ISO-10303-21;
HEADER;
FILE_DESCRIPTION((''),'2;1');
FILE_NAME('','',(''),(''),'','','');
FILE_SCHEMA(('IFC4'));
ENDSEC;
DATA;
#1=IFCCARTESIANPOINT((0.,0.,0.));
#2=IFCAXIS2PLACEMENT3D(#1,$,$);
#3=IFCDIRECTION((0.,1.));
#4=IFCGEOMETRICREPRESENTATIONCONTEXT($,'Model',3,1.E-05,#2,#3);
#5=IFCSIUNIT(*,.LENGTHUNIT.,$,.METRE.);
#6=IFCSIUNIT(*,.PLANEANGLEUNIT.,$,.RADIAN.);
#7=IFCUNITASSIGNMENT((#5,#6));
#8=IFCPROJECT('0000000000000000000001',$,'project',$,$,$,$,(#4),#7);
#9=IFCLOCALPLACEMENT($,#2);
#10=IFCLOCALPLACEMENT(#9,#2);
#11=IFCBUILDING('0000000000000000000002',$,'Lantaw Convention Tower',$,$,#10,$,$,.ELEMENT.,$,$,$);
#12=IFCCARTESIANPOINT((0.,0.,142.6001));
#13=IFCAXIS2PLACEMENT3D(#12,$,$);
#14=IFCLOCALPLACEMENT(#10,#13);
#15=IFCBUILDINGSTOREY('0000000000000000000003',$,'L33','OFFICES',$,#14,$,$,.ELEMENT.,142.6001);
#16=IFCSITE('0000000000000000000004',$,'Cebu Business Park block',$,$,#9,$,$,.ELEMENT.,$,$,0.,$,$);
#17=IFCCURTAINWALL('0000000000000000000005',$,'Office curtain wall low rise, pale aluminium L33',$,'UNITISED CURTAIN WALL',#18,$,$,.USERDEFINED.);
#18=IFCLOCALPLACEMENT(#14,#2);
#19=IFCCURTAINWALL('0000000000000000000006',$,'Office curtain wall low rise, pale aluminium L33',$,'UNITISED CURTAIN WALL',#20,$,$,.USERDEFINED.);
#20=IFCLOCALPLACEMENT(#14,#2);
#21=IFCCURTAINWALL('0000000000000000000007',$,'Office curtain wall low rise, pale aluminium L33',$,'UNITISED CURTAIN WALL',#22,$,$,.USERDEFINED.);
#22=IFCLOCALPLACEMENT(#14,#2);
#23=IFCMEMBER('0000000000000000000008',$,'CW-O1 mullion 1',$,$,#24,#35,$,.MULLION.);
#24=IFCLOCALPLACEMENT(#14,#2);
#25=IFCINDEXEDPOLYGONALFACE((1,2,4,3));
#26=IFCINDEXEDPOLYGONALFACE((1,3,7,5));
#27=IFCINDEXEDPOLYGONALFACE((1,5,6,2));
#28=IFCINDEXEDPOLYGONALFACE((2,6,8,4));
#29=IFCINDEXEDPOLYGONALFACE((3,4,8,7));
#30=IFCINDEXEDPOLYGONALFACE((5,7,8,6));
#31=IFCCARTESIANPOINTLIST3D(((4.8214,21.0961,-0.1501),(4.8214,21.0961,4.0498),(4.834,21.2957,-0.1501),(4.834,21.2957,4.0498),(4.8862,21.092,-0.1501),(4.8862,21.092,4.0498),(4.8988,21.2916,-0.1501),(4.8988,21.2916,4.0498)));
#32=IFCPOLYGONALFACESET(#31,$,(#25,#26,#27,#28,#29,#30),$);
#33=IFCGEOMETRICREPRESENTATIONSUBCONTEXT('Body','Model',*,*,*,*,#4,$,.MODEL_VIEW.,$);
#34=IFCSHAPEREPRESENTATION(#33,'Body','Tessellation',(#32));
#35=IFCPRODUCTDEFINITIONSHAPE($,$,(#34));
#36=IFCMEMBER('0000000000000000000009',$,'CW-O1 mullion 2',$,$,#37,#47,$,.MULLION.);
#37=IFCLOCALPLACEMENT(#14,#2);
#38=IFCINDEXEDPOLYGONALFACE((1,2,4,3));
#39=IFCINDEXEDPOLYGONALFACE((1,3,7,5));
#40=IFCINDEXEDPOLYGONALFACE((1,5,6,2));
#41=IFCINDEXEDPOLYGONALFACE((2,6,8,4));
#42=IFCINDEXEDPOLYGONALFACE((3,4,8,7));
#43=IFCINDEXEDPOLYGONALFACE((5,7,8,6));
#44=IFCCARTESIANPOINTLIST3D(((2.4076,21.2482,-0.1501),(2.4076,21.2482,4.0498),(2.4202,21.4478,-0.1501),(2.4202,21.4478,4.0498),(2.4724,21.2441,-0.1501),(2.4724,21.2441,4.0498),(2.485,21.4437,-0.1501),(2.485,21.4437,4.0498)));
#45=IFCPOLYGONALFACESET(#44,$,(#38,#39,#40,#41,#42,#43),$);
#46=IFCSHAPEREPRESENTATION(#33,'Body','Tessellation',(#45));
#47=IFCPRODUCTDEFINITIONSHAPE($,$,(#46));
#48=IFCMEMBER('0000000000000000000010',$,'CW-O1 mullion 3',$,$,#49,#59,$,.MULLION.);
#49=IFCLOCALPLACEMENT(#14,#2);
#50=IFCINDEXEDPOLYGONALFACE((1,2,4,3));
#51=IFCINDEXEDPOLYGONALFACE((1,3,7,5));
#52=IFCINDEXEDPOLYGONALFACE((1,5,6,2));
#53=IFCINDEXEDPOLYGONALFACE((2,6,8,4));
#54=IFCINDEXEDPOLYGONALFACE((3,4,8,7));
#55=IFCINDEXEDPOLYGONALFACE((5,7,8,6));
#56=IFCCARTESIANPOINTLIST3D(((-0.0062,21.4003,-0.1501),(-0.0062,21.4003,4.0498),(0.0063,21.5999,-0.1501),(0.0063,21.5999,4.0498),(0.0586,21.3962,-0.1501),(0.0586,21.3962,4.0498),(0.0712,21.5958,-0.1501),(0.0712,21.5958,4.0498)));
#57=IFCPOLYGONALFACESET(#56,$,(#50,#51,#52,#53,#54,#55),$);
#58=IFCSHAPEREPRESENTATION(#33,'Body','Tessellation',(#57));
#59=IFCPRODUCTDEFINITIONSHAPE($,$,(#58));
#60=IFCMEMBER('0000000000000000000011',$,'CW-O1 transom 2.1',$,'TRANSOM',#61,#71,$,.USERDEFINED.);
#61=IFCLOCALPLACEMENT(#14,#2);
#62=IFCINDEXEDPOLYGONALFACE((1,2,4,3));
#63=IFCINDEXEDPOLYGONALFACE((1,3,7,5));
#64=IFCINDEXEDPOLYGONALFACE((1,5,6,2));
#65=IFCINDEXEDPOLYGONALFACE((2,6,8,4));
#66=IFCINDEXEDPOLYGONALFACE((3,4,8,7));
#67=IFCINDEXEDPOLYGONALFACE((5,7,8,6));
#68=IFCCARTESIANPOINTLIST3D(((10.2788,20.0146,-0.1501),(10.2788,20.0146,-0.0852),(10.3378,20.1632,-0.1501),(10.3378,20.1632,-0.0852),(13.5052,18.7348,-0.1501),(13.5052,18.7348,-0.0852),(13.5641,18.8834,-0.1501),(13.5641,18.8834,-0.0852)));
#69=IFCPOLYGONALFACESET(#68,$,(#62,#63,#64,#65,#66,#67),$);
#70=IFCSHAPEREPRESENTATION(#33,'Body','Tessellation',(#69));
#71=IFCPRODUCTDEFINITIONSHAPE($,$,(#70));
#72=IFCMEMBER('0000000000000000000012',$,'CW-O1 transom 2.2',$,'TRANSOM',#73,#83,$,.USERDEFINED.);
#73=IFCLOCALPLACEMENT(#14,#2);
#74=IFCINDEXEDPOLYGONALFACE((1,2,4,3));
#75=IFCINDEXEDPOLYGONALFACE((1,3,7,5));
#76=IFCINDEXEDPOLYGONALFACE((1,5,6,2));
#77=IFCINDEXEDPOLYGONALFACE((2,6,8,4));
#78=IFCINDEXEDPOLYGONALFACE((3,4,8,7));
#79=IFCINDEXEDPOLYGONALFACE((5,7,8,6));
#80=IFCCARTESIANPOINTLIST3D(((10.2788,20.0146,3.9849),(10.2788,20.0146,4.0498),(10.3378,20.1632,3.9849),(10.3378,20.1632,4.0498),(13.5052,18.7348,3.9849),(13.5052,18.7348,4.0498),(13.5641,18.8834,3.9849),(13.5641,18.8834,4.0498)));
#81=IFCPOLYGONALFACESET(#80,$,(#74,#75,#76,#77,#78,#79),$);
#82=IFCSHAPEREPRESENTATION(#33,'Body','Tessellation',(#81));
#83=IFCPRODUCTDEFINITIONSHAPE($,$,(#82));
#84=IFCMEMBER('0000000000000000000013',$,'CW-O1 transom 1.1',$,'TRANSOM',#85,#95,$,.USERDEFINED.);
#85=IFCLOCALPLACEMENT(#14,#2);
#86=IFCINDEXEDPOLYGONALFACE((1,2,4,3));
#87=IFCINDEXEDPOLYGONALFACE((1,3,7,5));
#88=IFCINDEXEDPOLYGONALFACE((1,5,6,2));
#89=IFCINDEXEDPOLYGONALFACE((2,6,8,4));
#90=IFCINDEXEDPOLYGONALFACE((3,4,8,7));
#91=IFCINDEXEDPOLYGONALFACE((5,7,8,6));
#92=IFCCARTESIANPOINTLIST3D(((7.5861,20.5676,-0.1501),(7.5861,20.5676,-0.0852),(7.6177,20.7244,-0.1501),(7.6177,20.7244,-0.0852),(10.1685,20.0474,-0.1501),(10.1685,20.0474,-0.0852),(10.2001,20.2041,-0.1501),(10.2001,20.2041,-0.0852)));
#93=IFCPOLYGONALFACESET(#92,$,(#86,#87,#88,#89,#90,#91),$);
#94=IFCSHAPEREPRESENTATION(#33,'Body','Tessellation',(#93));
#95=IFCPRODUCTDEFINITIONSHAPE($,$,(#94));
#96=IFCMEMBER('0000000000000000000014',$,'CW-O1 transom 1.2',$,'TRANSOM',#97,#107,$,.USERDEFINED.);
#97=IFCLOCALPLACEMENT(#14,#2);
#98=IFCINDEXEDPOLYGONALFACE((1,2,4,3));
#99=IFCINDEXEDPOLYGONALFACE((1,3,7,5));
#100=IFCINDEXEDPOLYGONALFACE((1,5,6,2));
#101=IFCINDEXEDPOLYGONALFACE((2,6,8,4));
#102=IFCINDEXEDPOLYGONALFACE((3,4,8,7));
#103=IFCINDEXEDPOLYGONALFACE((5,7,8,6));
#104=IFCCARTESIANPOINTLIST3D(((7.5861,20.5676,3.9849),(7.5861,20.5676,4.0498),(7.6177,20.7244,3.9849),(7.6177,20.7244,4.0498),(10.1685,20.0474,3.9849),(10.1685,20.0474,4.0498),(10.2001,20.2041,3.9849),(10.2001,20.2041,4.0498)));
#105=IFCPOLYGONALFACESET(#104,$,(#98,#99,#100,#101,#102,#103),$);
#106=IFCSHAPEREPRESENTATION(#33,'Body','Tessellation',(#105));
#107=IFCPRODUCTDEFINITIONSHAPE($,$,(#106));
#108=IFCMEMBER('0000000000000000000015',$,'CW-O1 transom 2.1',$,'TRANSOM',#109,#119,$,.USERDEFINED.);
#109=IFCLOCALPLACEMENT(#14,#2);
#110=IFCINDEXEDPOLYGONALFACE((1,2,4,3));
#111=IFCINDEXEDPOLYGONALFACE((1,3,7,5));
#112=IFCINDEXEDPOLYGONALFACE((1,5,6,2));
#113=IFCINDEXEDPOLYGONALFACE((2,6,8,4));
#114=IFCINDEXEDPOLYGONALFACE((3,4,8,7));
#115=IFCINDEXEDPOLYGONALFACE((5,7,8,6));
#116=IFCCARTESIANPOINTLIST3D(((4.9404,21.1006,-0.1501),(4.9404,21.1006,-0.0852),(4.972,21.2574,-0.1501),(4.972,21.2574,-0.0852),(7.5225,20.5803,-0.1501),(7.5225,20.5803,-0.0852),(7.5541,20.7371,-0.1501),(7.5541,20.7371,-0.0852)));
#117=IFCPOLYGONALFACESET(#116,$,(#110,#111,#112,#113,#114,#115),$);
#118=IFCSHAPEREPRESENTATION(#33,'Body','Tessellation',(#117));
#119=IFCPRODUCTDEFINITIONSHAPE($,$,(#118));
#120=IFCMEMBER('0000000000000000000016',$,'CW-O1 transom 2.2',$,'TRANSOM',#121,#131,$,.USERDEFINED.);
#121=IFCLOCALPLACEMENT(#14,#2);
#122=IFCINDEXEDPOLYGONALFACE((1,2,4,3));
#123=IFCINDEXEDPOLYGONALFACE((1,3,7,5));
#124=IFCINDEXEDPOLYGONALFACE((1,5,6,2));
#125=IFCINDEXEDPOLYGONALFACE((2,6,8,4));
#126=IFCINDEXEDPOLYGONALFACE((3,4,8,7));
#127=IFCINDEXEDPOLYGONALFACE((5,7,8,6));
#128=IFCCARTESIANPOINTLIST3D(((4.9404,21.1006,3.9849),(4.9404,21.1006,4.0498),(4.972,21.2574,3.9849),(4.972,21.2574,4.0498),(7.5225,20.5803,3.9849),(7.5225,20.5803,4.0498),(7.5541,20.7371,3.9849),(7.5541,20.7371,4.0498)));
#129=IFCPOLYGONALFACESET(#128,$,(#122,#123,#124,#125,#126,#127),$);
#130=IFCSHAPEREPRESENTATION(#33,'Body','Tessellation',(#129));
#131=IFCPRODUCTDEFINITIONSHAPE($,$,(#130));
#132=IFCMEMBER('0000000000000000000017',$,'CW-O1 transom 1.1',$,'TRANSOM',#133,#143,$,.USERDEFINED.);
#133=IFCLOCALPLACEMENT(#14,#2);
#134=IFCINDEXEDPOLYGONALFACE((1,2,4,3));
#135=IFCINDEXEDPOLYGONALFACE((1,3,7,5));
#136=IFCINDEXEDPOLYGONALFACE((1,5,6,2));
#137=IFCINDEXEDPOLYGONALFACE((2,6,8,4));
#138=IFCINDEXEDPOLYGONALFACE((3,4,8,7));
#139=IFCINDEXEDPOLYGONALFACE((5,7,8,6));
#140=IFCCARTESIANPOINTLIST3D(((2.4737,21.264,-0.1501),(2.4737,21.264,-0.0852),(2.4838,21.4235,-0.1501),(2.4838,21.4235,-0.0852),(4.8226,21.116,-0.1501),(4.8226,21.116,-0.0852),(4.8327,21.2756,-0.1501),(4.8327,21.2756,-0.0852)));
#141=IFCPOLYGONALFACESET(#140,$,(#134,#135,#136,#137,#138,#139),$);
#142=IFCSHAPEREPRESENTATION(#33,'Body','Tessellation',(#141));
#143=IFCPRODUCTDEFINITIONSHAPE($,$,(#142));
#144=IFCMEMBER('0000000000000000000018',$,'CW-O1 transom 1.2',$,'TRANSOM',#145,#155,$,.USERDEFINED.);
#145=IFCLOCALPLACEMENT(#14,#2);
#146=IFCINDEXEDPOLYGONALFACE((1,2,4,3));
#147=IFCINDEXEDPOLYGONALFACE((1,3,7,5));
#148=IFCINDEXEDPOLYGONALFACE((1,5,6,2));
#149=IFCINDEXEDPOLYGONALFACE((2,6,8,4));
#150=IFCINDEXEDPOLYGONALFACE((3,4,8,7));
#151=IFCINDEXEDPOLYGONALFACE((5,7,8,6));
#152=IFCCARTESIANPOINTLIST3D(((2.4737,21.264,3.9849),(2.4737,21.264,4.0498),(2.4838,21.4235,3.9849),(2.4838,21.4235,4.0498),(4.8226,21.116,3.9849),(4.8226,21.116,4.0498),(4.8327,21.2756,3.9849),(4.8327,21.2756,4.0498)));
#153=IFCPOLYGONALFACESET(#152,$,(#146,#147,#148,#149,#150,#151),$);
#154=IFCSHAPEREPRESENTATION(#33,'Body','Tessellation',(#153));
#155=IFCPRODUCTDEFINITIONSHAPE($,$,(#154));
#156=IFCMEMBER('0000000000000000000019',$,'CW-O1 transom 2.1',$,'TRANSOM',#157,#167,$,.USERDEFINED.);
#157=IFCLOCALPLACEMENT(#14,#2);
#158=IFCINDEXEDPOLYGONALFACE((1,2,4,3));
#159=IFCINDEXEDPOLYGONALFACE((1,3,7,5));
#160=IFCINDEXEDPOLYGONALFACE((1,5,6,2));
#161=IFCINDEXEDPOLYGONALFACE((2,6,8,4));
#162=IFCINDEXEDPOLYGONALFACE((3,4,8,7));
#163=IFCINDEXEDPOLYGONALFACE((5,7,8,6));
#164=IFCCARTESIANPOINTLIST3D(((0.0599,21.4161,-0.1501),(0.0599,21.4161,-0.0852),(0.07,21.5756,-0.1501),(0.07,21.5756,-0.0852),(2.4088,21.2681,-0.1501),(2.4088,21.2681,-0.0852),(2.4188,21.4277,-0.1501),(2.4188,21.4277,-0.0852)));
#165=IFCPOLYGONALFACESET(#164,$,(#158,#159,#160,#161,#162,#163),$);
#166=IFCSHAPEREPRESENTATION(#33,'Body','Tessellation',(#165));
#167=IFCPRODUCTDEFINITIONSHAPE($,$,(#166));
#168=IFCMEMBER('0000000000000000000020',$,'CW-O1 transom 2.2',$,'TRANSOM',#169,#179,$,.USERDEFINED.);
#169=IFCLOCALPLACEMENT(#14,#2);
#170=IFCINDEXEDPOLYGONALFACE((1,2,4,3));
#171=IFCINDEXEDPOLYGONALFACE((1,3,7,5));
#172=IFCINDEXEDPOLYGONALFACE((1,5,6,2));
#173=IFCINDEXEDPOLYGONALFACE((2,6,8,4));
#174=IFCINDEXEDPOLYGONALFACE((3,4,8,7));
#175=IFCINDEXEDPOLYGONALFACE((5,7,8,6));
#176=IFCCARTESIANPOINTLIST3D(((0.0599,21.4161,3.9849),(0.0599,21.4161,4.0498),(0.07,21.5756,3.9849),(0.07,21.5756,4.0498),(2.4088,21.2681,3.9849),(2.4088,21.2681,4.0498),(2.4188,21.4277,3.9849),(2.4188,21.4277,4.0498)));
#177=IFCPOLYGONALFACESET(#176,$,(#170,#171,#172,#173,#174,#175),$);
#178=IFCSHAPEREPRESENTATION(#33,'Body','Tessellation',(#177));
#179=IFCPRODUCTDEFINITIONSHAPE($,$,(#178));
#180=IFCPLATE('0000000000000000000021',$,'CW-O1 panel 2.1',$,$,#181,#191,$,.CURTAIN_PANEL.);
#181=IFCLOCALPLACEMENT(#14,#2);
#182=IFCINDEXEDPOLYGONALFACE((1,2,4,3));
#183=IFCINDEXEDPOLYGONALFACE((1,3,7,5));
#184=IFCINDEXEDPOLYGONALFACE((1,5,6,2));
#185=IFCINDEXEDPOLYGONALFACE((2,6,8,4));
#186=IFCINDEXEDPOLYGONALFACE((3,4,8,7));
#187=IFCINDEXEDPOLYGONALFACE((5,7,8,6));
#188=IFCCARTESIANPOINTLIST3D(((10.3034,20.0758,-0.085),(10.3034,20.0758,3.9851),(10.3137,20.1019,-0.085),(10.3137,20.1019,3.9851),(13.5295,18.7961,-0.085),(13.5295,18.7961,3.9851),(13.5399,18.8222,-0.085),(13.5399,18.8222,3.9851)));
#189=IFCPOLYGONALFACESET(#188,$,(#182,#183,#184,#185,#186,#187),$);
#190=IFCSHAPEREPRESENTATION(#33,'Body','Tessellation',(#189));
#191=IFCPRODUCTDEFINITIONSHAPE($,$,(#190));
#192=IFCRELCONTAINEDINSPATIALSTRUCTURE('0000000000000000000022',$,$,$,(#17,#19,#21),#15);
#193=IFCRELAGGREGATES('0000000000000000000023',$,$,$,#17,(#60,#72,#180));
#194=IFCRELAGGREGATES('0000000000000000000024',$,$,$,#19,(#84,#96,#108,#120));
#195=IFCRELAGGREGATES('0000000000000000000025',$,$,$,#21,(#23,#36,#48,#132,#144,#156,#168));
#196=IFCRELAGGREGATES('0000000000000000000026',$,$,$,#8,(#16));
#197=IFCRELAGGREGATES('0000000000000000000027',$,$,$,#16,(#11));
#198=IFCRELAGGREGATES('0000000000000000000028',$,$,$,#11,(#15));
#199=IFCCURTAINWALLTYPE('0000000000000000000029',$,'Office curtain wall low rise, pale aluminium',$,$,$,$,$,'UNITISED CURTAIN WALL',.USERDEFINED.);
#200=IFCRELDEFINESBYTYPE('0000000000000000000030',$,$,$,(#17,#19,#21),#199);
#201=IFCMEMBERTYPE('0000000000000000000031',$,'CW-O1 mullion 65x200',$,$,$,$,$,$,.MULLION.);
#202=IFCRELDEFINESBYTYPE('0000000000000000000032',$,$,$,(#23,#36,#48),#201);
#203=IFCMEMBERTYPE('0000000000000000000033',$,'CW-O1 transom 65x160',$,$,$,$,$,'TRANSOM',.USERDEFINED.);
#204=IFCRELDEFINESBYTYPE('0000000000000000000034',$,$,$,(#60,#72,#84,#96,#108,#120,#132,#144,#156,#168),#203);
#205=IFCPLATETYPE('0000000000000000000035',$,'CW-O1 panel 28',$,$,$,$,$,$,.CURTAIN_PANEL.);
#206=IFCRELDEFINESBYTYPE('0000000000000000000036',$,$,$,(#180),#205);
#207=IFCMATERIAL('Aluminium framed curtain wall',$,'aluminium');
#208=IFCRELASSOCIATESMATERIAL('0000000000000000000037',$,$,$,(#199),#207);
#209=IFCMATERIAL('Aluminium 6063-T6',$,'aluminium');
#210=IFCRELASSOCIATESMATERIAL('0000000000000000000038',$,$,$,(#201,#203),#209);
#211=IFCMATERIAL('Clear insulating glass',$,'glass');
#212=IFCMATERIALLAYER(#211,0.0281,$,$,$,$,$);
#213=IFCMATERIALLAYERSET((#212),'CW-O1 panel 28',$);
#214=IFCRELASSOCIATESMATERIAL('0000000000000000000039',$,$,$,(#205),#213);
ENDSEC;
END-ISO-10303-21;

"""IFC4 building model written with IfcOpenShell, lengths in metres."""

from ifc_helpers import new_model, si_unit, direction, frame, origin, origin_2d, place, context, subcontext, project, spatial, rectangle, extrude, material, layer, layer_set, material_profile, profile_set, type_object, element, aggregate, save


model = new_model("IFC4")

# Units and contexts
model_context = context("Model", 3, precision=1e-05, world=origin(), true_north=direction((0.0, 1.0)))
body_context = subcontext(model_context, "Body", "Model", "MODEL_VIEW")
ifc_project = project(units=[si_unit("LENGTHUNIT", "METRE"), si_unit("PLANEANGLEUNIT", "RADIAN")], contexts=[model_context])

# Site, building, storey
site_placement = place(None, origin())
site = spatial("IfcSite", under=ifc_project, at=site_placement, Name="Cebu Business Park block", CompositionType="ELEMENT", RefElevation=0.0)
building_placement = place(site_placement, origin())
building = spatial("IfcBuilding", under=site, at=building_placement, Name="Lantaw Convention Tower", CompositionType="ELEMENT")
storey_placement = place(building_placement, frame((0.0, 0.0, 142.6001)))
storey = spatial("IfcBuildingStorey", under=building, at=storey_placement, Name="L33", Description="OFFICES", CompositionType="ELEMENT", Elevation=142.6001)

# Curtain wall
ifc_material_1 = material(Name="Aluminium framed curtain wall", Category="aluminium")
curtain_wall_type = type_object("IfcCurtainWallType", Name="Office curtain wall low rise, pale aluminium", ElementType="UNITISED CURTAIN WALL", PredefinedType="USERDEFINED", material=ifc_material_1)
curtain_wall_1_placement = place(storey_placement, origin())
curtain_wall_1 = element("IfcCurtainWall", 1, at=curtain_wall_1_placement, inside=storey, type_object=curtain_wall_type, Name="Office curtain wall low rise, pale aluminium L33", ObjectType="UNITISED CURTAIN WALL", PredefinedType="USERDEFINED")
ifc_material_2 = material(Name="Aluminium 6063-T6", Category="aluminium")
ifc_material_profile_1 = material_profile(ifc_material_2, rectangle(XDim=0.2, YDim=0.0649, at=origin_2d()), Name="CW-O1 mullion 65x200")
ifc_profile_set_1 = profile_set([ifc_material_profile_1], Name="Aluminium 6063-T6")
member_type_1 = type_object("IfcMemberType", Name="CW-O1 mullion 65x200", PredefinedType="MULLION", material=ifc_profile_set_1)

# Curtain walls, members
curtain_wall_2_placement = place(storey_placement, origin())
curtain_wall_2 = element("IfcCurtainWall", 2, at=curtain_wall_2_placement, inside=storey, type_object=curtain_wall_type, Name="Office curtain wall low rise, pale aluminium L33", ObjectType="UNITISED CURTAIN WALL", PredefinedType="USERDEFINED")
curtain_wall_3_placement = place(storey_placement, origin())
curtain_wall_3 = element("IfcCurtainWall", 3, at=curtain_wall_3_placement, inside=storey, type_object=curtain_wall_type, Name="Office curtain wall low rise, pale aluminium L33", ObjectType="UNITISED CURTAIN WALL", PredefinedType="USERDEFINED")
member_1_placement = place(storey_placement, frame((4.8601, 21.1938, -0.1501), z_axis=(0.0, 0.0, 1.0), x_axis=(-0.062865, -0.998022, 0.0)))
member_1 = element("IfcMember", 4, at=member_1_placement, type_object=member_type_1, Name="CW-O1 mullion 1", PredefinedType="MULLION", context=body_context, shape_type="SweptSolid", body=[
    extrude(rectangle(XDim=0.2, YDim=0.0649, at=origin_2d()), origin(), (0.0, 0.0, 1.0), 4.2),
])
member_2_placement = place(storey_placement, frame((2.4463, 21.3459, -0.1501), z_axis=(0.0, 0.0, 1.0), x_axis=(-0.062865, -0.998022, 0.0)))
member_2 = element("IfcMember", 5, at=member_2_placement, type_object=member_type_1, Name="CW-O1 mullion 2", PredefinedType="MULLION", context=body_context, shape_type="SweptSolid", body=[
    extrude(rectangle(XDim=0.2, YDim=0.0649, at=origin_2d()), origin(), (0.0, 0.0, 1.0), 4.2),
])
member_3_placement = place(storey_placement, frame((0.0325, 21.498, -0.1501), z_axis=(0.0, 0.0, 1.0), x_axis=(-0.062865, -0.998022, 0.0)))
member_3 = element("IfcMember", 6, at=member_3_placement, type_object=member_type_1, Name="CW-O1 mullion 3", PredefinedType="MULLION", context=body_context, shape_type="SweptSolid", body=[
    extrude(rectangle(XDim=0.2, YDim=0.0649, at=origin_2d()), origin(), (0.0, 0.0, 1.0), 4.2),
])

# Members
ifc_material_profile_2 = material_profile(ifc_material_2, rectangle(XDim=0.1599, YDim=0.0649, at=origin_2d()), Name="CW-O1 transom 65x160")
ifc_profile_set_2 = profile_set([ifc_material_profile_2], Name="Aluminium 6063-T6")
member_type_2 = type_object("IfcMemberType", Name="CW-O1 transom 65x160", ElementType="TRANSOM", PredefinedType="USERDEFINED", material=ifc_profile_set_2)
member_4_placement = place(storey_placement, frame((13.5347, 18.8091, -0.1177), z_axis=(-0.92954, 0.368721, 0.0), x_axis=(-0.368721, -0.92954, 0.0)))
member_4 = element("IfcMember", 7, at=member_4_placement, type_object=member_type_2, Name="CW-O1 transom 2.1", ObjectType="TRANSOM", PredefinedType="USERDEFINED", context=body_context, shape_type="SweptSolid", body=[
    extrude(rectangle(XDim=0.1599, YDim=0.0649, at=origin_2d()), origin(), (0.0, 0.0, 1.0), 3.4709),
])
member_5_placement = place(storey_placement, frame((13.5347, 18.8091, 4.0173), z_axis=(-0.92954, 0.368721, 0.0), x_axis=(-0.368721, -0.92954, 0.0)))
member_5 = element("IfcMember", 8, at=member_5_placement, type_object=member_type_2, Name="CW-O1 transom 2.2", ObjectType="TRANSOM", PredefinedType="USERDEFINED", context=body_context, shape_type="SweptSolid", body=[
    extrude(rectangle(XDim=0.1599, YDim=0.0649, at=origin_2d()), origin(), (0.0, 0.0, 1.0), 3.4709),
])
member_6_placement = place(storey_placement, frame((10.1843, 20.1257, -0.1177), z_axis=(-0.980302, 0.197506, 0.0), x_axis=(-0.197506, -0.980302, 0.0)))
member_6 = element("IfcMember", 9, at=member_6_placement, type_object=member_type_2, Name="CW-O1 transom 1.1", ObjectType="TRANSOM", PredefinedType="USERDEFINED", context=body_context, shape_type="SweptSolid", body=[
    extrude(rectangle(XDim=0.1599, YDim=0.0649, at=origin_2d()), origin(), (0.0, 0.0, 1.0), 2.6343),
])
member_7_placement = place(storey_placement, frame((10.1843, 20.1257, 4.0173), z_axis=(-0.980302, 0.197506, 0.0), x_axis=(-0.197506, -0.980302, 0.0)))
member_7 = element("IfcMember", 10, at=member_7_placement, type_object=member_type_2, Name="CW-O1 transom 1.2", ObjectType="TRANSOM", PredefinedType="USERDEFINED", context=body_context, shape_type="SweptSolid", body=[
    extrude(rectangle(XDim=0.1599, YDim=0.0649, at=origin_2d()), origin(), (0.0, 0.0, 1.0), 2.6343),
])
member_8_placement = place(storey_placement, frame((7.5383, 20.6587, -0.1177), z_axis=(-0.980298, 0.197524, 0.0), x_axis=(-0.197524, -0.980298, 0.0)))
member_8 = element("IfcMember", 11, at=member_8_placement, type_object=member_type_2, Name="CW-O1 transom 2.1", ObjectType="TRANSOM", PredefinedType="USERDEFINED", context=body_context, shape_type="SweptSolid", body=[
    extrude(rectangle(XDim=0.1599, YDim=0.0649, at=origin_2d()), origin(), (0.0, 0.0, 1.0), 2.634),
])
member_9_placement = place(storey_placement, frame((7.5383, 20.6587, 4.0173), z_axis=(-0.980298, 0.197524, 0.0), x_axis=(-0.197524, -0.980298, 0.0)))
member_9 = element("IfcMember", 12, at=member_9_placement, type_object=member_type_2, Name="CW-O1 transom 2.2", ObjectType="TRANSOM", PredefinedType="USERDEFINED", context=body_context, shape_type="SweptSolid", body=[
    extrude(rectangle(XDim=0.1599, YDim=0.0649, at=origin_2d()), origin(), (0.0, 0.0, 1.0), 2.634),
])
member_10_placement = place(storey_placement, frame((4.8276, 21.1958, -0.1177), z_axis=(-0.998022, 0.062863, 0.0), x_axis=(-0.062863, -0.998022, 0.0)))
member_10 = element("IfcMember", 13, at=member_10_placement, type_object=member_type_2, Name="CW-O1 transom 1.1", ObjectType="TRANSOM", PredefinedType="USERDEFINED", context=body_context, shape_type="SweptSolid", body=[
    extrude(rectangle(XDim=0.1599, YDim=0.0649, at=origin_2d()), origin(), (0.0, 0.0, 1.0), 2.3535),
])
member_11_placement = place(storey_placement, frame((4.8276, 21.1958, 4.0173), z_axis=(-0.998022, 0.062863, 0.0), x_axis=(-0.062863, -0.998022, 0.0)))
member_11 = element("IfcMember", 14, at=member_11_placement, type_object=member_type_2, Name="CW-O1 transom 1.2", ObjectType="TRANSOM", PredefinedType="USERDEFINED", context=body_context, shape_type="SweptSolid", body=[
    extrude(rectangle(XDim=0.1599, YDim=0.0649, at=origin_2d()), origin(), (0.0, 0.0, 1.0), 2.3535),
])
member_12_placement = place(storey_placement, frame((2.4138, 21.3479, -0.1177), z_axis=(-0.998022, 0.062863, 0.0), x_axis=(-0.062863, -0.998022, 0.0)))
member_12 = element("IfcMember", 15, at=member_12_placement, type_object=member_type_2, Name="CW-O1 transom 2.1", ObjectType="TRANSOM", PredefinedType="USERDEFINED", context=body_context, shape_type="SweptSolid", body=[
    extrude(rectangle(XDim=0.1599, YDim=0.0649, at=origin_2d()), origin(), (0.0, 0.0, 1.0), 2.3535),
])
member_13_placement = place(storey_placement, frame((2.4138, 21.3479, 4.0173), z_axis=(-0.998022, 0.062863, 0.0), x_axis=(-0.062863, -0.998022, 0.0)))
member_13 = element("IfcMember", 16, at=member_13_placement, type_object=member_type_2, Name="CW-O1 transom 2.2", ObjectType="TRANSOM", PredefinedType="USERDEFINED", context=body_context, shape_type="SweptSolid", body=[
    extrude(rectangle(XDim=0.1599, YDim=0.0649, at=origin_2d()), origin(), (0.0, 0.0, 1.0), 2.3535),
])

# Plate
ifc_material_3 = material(Name="Clear insulating glass", Category="glass")
ifc_layer_1 = layer(ifc_material_3, 0.0281)
ifc_layer_set_1 = layer_set([ifc_layer_1], Name="CW-O1 panel 28")
plate_type_1 = type_object("IfcPlateType", Name="CW-O1 panel 28", PredefinedType="CURTAIN_PANEL", material=ifc_layer_set_1)
plate_1_placement = place(storey_placement, frame((11.9216, 19.449, -0.085), z_axis=(0.0, 0.0, 1.0), x_axis=(-0.929548, 0.368702, 0.0)))
plate_1 = element("IfcPlate", 17, at=plate_1_placement, type_object=plate_type_1, Name="CW-O1 panel 2.1", PredefinedType="CURTAIN_PANEL", context=body_context, shape_type="SweptSolid", body=[
    extrude(rectangle(XDim=3.4707, YDim=0.0281, at=origin_2d()), origin(), (0.0, 0.0, 1.0), 4.0701),
])
aggregate(curtain_wall_1, [member_4, member_5, plate_1])
aggregate(curtain_wall_2, [member_6, member_7, member_8, member_9])
aggregate(curtain_wall_3, [member_1, member_2, member_3, member_10, member_11, member_12, member_13])

save(model, "model.ifc")
